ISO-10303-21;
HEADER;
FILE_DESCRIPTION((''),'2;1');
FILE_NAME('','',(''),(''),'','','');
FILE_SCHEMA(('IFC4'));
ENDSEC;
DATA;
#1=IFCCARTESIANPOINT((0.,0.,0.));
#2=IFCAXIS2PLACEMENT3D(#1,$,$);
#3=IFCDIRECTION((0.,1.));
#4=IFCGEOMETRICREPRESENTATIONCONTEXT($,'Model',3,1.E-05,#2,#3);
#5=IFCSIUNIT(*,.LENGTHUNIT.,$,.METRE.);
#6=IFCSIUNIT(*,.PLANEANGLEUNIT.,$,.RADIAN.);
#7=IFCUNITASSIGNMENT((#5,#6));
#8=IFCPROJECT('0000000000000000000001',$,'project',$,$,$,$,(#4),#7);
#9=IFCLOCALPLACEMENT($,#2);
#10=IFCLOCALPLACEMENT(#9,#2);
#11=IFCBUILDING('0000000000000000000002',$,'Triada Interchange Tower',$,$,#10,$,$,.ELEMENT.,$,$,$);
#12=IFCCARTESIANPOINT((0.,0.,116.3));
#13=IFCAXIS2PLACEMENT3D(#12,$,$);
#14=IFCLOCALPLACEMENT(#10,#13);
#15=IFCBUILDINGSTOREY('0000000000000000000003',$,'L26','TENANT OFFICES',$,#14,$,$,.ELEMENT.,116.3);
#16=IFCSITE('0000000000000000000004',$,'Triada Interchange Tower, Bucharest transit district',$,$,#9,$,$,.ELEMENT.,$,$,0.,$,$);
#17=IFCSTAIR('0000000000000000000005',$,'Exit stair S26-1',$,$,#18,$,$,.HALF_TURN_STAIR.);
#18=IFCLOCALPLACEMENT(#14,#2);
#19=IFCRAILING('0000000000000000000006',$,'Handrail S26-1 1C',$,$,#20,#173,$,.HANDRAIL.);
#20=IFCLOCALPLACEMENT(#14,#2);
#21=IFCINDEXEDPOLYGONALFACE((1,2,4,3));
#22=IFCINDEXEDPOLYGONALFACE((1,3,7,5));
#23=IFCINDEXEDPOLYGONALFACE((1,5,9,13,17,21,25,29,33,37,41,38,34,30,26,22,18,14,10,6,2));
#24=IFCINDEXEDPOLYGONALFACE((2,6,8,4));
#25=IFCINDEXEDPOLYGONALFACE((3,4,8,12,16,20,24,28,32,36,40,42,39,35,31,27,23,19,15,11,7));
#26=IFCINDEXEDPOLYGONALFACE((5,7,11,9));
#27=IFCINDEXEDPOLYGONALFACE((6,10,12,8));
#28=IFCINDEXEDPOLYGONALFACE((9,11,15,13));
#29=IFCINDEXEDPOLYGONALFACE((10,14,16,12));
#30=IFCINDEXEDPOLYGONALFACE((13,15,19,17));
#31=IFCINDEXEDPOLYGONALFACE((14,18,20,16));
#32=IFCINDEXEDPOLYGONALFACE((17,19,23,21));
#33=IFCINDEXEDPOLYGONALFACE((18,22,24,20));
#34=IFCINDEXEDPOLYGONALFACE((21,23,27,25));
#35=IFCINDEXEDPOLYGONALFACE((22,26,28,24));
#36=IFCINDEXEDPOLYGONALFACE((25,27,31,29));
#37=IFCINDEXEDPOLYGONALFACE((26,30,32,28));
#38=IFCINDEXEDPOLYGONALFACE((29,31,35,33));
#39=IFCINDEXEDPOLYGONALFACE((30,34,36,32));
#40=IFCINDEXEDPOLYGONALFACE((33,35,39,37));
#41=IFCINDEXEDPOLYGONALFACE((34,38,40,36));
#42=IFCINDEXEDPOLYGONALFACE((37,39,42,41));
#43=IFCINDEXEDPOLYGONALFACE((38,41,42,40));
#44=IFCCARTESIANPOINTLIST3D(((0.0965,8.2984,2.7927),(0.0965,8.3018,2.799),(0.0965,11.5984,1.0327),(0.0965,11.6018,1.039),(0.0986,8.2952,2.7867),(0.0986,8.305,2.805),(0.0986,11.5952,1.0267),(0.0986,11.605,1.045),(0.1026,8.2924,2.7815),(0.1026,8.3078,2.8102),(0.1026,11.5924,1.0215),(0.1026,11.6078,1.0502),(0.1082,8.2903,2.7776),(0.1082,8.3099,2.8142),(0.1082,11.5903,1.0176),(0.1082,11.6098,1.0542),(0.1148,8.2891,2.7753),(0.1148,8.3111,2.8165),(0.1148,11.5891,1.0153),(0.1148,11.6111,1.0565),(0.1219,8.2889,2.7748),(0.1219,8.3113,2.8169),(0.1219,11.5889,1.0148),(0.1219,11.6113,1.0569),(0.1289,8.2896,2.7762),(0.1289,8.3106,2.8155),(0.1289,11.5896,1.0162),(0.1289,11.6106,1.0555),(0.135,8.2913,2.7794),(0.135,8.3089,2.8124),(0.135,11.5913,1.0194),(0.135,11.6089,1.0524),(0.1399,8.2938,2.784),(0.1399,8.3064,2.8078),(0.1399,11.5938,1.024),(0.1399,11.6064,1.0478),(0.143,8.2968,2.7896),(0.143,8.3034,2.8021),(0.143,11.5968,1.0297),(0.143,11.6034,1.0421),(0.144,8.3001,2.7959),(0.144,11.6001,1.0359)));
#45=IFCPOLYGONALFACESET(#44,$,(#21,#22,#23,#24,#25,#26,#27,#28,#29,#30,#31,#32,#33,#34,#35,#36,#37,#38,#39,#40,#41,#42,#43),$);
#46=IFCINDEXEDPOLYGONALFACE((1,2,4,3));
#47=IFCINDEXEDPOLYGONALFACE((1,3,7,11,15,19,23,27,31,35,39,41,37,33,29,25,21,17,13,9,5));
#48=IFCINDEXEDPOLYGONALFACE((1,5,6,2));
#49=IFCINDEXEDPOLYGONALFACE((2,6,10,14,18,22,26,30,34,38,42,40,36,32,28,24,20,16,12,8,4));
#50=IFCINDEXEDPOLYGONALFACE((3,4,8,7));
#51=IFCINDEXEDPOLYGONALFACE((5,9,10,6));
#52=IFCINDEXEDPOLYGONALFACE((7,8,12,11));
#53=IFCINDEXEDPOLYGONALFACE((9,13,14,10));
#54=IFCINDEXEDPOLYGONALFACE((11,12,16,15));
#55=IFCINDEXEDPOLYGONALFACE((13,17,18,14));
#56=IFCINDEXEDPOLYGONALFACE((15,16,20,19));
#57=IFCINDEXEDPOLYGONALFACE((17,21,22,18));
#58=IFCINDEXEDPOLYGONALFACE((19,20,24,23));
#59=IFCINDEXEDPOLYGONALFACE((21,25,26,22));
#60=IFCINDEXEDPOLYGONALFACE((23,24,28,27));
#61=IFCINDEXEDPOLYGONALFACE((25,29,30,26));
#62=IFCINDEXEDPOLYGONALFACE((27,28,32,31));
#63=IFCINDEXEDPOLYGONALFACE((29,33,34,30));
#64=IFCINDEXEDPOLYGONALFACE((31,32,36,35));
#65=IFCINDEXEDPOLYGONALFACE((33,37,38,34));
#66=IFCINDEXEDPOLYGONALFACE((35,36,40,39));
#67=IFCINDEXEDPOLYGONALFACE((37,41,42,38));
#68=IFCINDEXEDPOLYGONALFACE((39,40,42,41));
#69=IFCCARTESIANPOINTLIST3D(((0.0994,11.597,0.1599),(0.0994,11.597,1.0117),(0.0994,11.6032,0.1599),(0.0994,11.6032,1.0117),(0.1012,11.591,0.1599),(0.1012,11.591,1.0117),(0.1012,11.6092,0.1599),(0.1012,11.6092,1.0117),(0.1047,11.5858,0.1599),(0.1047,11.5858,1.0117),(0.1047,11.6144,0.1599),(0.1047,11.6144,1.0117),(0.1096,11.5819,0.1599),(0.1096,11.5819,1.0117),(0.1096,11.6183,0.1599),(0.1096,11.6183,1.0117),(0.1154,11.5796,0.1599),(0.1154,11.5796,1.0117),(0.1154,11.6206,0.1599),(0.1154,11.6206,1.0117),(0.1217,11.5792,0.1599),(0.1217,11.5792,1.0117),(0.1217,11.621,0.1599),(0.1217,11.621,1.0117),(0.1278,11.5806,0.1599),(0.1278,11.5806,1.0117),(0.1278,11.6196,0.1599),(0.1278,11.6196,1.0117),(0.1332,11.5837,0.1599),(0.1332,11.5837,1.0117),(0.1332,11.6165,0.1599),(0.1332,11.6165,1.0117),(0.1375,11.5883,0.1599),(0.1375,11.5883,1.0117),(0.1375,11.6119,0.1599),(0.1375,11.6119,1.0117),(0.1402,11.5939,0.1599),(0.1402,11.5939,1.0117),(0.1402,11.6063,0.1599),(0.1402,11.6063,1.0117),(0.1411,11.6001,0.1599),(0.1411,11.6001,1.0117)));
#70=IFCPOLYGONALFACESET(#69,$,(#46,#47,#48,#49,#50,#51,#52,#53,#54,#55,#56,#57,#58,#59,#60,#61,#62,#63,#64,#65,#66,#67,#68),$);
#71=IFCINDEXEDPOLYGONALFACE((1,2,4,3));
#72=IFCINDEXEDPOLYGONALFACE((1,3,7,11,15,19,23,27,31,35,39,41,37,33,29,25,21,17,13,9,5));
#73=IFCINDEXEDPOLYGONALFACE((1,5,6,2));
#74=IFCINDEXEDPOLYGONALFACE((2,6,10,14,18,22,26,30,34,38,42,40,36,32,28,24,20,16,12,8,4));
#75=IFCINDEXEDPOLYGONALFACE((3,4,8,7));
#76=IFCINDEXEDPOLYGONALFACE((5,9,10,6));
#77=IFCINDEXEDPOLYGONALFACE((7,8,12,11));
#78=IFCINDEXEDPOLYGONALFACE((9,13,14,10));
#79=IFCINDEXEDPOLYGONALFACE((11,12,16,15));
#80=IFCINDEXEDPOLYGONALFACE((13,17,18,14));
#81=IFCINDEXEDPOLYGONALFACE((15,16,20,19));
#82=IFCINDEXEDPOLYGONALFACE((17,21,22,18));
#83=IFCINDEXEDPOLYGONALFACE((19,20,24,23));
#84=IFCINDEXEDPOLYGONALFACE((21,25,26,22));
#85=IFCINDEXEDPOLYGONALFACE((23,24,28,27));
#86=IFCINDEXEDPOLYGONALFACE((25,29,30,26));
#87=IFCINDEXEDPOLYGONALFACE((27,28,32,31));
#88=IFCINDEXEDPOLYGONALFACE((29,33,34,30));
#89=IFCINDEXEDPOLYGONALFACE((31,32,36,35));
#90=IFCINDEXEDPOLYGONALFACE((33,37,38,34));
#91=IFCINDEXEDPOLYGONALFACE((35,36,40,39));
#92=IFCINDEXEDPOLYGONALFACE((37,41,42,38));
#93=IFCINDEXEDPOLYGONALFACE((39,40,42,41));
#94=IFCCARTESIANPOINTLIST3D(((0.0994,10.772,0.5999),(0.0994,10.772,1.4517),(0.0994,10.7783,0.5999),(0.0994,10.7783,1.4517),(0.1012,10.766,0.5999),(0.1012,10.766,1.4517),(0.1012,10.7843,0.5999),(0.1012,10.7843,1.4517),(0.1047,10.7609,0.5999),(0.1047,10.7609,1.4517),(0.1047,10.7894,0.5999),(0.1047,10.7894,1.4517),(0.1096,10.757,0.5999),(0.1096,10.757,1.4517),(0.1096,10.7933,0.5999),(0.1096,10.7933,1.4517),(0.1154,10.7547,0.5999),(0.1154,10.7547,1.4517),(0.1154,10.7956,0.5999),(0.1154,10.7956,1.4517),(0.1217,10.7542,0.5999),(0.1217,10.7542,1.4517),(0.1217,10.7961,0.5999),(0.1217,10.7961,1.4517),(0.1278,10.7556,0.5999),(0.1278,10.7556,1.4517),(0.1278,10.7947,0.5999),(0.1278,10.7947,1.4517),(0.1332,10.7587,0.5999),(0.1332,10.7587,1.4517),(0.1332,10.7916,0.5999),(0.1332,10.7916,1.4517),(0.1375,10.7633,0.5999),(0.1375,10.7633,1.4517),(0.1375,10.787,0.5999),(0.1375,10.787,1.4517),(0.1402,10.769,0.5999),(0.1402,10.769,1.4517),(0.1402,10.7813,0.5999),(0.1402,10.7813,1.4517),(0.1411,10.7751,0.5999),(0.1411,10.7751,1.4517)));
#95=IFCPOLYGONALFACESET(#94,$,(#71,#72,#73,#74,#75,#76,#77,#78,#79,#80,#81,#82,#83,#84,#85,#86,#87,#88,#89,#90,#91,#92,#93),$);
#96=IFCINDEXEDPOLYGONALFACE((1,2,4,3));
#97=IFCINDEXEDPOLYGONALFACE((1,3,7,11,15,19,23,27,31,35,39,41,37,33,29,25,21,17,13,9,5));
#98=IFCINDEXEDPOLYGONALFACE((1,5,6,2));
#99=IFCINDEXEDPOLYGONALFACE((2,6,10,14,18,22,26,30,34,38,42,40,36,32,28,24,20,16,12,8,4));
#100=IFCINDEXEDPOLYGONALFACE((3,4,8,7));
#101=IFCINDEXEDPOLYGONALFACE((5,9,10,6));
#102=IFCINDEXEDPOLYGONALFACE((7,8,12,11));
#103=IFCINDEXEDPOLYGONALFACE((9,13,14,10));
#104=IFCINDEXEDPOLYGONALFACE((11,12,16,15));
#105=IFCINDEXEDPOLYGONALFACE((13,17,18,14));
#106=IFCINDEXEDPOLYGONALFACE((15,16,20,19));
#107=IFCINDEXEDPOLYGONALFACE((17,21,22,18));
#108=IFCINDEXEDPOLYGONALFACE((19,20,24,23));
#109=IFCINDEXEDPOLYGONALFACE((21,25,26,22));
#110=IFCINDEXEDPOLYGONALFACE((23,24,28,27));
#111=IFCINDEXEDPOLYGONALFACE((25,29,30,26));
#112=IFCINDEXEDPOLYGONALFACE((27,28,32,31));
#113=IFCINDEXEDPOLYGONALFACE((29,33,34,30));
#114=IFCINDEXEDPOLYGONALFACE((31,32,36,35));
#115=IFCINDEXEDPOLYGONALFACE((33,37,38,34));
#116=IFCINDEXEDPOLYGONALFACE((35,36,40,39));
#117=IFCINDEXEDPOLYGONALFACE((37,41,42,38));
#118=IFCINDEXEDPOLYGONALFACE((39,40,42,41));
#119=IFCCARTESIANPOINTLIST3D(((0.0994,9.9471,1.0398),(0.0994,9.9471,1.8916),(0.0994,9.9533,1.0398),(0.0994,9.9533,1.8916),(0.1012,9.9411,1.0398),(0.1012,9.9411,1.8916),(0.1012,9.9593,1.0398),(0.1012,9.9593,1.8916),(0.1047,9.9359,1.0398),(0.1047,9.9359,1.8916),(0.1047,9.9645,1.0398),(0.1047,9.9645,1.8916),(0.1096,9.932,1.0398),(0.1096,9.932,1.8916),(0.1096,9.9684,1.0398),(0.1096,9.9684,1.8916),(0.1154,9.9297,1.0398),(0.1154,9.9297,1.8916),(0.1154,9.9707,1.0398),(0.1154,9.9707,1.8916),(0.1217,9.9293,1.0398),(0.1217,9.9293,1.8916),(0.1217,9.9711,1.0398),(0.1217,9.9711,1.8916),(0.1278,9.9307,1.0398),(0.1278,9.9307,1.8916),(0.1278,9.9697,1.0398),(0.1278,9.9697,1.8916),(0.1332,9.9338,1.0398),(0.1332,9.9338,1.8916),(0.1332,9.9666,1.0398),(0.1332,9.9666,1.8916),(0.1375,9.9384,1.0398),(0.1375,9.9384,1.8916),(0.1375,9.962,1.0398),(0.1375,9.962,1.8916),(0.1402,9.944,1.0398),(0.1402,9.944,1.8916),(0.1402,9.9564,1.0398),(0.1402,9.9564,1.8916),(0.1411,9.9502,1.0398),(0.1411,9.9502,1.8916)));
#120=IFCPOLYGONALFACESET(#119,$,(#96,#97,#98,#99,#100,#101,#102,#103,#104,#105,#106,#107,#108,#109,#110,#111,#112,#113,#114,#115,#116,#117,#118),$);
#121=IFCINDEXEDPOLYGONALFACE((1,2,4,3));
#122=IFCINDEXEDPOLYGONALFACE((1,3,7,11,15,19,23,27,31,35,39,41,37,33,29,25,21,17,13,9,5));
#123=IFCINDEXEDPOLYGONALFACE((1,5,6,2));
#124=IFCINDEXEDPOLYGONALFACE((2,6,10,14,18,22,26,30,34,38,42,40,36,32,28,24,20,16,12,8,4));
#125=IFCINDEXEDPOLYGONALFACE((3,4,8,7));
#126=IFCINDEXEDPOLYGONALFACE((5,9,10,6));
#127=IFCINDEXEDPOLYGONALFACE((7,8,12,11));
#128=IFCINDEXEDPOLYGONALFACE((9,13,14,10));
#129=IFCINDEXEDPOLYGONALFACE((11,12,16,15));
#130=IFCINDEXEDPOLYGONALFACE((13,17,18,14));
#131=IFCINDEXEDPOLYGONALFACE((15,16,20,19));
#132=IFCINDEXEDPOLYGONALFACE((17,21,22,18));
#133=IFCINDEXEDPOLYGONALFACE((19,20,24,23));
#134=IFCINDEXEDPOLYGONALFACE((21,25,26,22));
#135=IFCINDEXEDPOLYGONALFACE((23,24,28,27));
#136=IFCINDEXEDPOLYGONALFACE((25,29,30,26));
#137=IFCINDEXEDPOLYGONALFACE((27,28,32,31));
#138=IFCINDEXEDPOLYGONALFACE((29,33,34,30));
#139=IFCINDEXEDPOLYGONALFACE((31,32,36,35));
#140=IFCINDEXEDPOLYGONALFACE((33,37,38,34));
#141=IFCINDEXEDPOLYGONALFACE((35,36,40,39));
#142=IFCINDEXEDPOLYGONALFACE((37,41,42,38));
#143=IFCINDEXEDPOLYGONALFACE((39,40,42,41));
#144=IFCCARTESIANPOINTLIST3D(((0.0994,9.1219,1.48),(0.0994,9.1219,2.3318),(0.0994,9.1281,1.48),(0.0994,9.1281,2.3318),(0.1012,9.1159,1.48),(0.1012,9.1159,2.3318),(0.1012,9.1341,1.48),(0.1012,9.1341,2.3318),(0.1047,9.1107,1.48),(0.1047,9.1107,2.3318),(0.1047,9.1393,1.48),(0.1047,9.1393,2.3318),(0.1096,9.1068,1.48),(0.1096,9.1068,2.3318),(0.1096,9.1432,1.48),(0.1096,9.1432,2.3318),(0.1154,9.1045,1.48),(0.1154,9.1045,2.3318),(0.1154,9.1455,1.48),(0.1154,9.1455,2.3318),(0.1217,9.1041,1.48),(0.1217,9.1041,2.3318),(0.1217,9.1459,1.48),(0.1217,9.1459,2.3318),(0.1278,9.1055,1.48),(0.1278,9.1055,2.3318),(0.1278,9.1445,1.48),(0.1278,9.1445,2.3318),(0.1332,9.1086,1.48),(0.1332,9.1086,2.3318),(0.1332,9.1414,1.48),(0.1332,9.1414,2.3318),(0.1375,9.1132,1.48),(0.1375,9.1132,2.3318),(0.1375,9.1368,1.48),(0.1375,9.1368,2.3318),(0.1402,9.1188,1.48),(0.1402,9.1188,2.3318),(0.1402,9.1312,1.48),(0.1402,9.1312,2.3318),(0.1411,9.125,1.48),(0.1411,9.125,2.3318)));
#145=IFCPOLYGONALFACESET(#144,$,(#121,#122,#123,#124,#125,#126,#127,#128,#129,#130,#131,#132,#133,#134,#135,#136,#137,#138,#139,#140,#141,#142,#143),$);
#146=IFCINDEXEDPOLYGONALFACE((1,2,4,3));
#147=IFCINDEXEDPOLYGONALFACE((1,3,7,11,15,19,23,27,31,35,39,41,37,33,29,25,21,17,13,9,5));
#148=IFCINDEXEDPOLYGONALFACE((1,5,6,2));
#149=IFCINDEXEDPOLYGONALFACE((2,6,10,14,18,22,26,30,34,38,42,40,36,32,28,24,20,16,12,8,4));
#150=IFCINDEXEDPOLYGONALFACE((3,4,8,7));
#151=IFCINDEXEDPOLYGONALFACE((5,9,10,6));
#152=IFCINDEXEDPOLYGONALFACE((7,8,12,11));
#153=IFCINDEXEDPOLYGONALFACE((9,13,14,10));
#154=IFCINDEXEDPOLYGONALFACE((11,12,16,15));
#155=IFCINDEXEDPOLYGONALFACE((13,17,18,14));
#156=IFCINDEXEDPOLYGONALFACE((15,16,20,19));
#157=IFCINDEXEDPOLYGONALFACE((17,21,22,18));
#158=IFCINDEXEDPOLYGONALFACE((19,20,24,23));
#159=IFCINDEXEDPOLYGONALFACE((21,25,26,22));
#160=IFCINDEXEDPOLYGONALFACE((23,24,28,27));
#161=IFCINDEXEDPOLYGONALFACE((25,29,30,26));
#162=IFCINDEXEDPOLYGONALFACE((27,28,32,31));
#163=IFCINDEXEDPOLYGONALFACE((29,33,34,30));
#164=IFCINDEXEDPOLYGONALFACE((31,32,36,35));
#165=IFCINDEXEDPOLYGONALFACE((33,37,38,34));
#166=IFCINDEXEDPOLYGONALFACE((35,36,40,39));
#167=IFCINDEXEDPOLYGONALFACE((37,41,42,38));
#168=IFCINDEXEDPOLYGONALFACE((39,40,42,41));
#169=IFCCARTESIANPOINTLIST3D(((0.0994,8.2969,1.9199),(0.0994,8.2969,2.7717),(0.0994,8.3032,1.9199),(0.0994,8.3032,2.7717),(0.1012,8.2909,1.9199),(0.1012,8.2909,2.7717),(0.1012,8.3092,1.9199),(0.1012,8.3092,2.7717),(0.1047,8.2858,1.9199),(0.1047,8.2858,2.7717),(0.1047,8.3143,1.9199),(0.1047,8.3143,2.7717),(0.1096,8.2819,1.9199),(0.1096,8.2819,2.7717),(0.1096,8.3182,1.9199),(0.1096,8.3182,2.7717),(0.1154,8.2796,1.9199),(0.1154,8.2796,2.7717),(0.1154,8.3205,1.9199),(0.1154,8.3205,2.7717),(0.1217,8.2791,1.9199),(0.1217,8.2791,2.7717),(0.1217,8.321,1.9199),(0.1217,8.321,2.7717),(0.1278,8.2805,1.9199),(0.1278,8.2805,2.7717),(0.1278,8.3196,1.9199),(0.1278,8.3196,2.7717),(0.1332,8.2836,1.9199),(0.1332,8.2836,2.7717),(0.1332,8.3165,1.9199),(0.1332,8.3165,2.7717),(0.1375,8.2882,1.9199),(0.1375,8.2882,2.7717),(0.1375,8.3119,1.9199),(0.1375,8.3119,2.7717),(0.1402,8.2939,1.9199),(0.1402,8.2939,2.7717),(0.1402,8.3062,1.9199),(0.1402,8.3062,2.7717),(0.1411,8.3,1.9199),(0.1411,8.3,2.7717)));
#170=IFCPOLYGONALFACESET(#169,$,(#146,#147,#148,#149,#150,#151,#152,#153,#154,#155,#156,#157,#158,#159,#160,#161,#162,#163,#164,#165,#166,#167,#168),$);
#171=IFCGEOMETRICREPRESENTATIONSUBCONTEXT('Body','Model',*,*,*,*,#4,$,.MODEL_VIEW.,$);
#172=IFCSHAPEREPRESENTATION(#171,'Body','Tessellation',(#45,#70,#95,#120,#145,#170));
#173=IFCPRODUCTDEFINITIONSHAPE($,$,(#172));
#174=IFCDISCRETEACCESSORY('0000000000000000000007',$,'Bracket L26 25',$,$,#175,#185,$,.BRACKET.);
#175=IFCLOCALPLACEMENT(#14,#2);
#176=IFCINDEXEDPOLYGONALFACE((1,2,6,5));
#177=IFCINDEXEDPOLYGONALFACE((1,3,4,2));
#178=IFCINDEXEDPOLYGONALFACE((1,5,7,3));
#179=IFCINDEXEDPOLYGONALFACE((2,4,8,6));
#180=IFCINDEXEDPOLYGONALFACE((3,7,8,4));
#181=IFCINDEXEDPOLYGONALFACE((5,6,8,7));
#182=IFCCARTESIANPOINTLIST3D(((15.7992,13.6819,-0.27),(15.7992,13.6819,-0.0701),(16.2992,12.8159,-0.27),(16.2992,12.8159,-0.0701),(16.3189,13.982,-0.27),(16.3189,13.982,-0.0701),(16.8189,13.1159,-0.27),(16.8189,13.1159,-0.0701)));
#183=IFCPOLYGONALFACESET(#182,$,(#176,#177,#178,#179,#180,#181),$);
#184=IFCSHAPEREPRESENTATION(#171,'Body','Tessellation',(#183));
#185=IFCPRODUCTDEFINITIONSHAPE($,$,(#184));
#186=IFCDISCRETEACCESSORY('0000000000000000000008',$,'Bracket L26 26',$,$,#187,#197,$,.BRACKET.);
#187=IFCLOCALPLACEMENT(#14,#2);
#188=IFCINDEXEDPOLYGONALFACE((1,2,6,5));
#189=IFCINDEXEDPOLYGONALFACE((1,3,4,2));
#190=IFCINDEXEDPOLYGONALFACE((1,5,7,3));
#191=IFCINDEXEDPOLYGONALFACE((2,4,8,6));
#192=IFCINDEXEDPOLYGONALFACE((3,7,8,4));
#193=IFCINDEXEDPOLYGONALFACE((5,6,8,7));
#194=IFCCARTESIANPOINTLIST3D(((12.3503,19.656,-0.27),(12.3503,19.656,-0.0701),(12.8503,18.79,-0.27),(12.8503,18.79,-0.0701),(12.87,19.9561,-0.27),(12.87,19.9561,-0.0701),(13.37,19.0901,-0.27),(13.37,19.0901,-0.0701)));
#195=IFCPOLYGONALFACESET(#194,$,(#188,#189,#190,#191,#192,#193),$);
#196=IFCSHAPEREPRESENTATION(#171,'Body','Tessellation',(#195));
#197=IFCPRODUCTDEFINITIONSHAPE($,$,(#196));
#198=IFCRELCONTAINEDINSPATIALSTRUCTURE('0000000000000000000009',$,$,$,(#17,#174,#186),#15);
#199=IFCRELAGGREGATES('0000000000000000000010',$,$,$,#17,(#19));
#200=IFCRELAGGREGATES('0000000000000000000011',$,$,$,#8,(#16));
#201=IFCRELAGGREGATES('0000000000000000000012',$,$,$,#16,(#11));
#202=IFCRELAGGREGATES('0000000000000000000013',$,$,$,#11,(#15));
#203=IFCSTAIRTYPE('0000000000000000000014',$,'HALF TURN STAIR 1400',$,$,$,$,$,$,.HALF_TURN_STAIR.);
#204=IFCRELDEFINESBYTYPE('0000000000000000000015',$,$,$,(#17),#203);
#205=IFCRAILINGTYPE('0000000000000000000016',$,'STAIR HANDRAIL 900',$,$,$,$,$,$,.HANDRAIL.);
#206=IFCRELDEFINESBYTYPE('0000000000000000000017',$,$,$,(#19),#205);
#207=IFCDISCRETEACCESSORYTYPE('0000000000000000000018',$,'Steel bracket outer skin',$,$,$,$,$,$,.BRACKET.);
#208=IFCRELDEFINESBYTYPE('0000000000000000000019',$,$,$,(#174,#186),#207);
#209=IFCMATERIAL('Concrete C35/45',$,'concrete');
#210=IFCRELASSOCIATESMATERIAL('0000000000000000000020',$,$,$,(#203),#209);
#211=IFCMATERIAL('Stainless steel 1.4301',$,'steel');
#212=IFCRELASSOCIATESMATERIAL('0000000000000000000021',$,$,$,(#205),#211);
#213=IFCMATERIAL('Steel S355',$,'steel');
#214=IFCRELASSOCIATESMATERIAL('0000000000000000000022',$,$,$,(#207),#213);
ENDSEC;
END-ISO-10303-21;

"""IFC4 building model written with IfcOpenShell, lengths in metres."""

from ifc_helpers import new_model, si_unit, direction, frame, origin, origin_2d, place, context, subcontext, project, spatial, rectangle, circle, extrude, material, type_object, element, aggregate, save


model = new_model("IFC4")

# Units and contexts
model_context = context("Model", 3, precision=1e-05, world=origin(), true_north=direction((0.0, 1.0)))
body_context = subcontext(model_context, "Body", "Model", "MODEL_VIEW")
ifc_project = project(units=[si_unit("LENGTHUNIT", "METRE"), si_unit("PLANEANGLEUNIT", "RADIAN")], contexts=[model_context])

# Site, building, storey
site_placement = place(None, origin())
site = spatial("IfcSite", under=ifc_project, at=site_placement, Name="Triada Interchange Tower, Bucharest transit district", CompositionType="ELEMENT", RefElevation=0.0)
building_placement = place(site_placement, origin())
building = spatial("IfcBuilding", under=site, at=building_placement, Name="Triada Interchange Tower", CompositionType="ELEMENT")
storey_placement = place(building_placement, frame((0.0, 0.0, 116.3)))
storey = spatial("IfcBuildingStorey", under=building, at=storey_placement, Name="L26", Description="TENANT OFFICES", CompositionType="ELEMENT", Elevation=116.3)

# Stair
ifc_material_1 = material(Name="Concrete C35/45", Category="concrete")
stair_type = type_object("IfcStairType", Name="HALF TURN STAIR 1400", PredefinedType="HALF_TURN_STAIR", material=ifc_material_1)
stair_placement = place(storey_placement, origin())
stair = element("IfcStair", 1, at=stair_placement, inside=storey, type_object=stair_type, Name="Exit stair S26-1", PredefinedType="HALF_TURN_STAIR")

# Railing
ifc_material_2 = material(Name="Stainless steel 1.4301", Category="steel")
railing_type = type_object("IfcRailingType", Name="STAIR HANDRAIL 900", PredefinedType="HANDRAIL", material=ifc_material_2)
railing_1_placement = place(storey_placement, frame((0.1201, 11.6001, 0.1599)))
railing_1 = element("IfcRailing", 2, at=railing_1_placement, type_object=railing_type, Name="Handrail S26-1 1C", PredefinedType="HANDRAIL", context=body_context, shape_type="SweptSolid", body=[
    extrude(circle(Radius=0.0239, at=origin_2d()), frame((0.0, 0.0, 0.876), z_axis=(0.0, -0.882355, 0.470585), x_axis=(1.0, 0.0, 0.0)), (0.0, 0.0, 1.0), 3.74),
    extrude(circle(Radius=0.021, at=origin_2d()), origin(), (0.0, 0.0, 1.0), 0.8518),
    extrude(circle(Radius=0.021, at=origin_2d()), frame((0.0, -0.825, 0.4399)), (0.0, 0.0, 1.0), 0.8518),
    extrude(circle(Radius=0.021, at=origin_2d()), frame((0.0, -1.6499, 0.8799)), (0.0, 0.0, 1.0), 0.8518),
    extrude(circle(Radius=0.021, at=origin_2d()), frame((0.0, -2.4751, 1.3201)), (0.0, 0.0, 1.0), 0.8518),
    extrude(circle(Radius=0.021, at=origin_2d()), frame((0.0, -3.3, 1.76)), (0.0, 0.0, 1.0), 0.8518),
])
aggregate(stair, [railing_1])

# Discrete accessories
ifc_material_3 = material(Name="Steel S355", Category="steel")
discrete_accessory_type = type_object("IfcDiscreteAccessoryType", Name="Steel bracket outer skin", PredefinedType="BRACKET", material=ifc_material_3)
for number, where, z_axis, x_axis, name in (
    (3, (16.3091, 13.3989, -0.27), (0.0, 0.0, 1.0), (0.866028, 0.499995, 0.0), "Bracket L26 25"),
    (4, (12.8601, 19.373, -0.27), (0.0, 0.0, 1.0), (0.866028, 0.499995, 0.0), "Bracket L26 26"),
):
    element("IfcDiscreteAccessory", number, at=place(storey_placement, frame(where, z_axis=z_axis, x_axis=x_axis)), inside=storey, type_object=discrete_accessory_type, Name=name, PredefinedType="BRACKET", context=body_context, shape_type="SweptSolid", body=[
        extrude(rectangle(XDim=0.6001, YDim=1.0, at=origin_2d()), origin(), (0.0, 0.0, 1.0), 0.2),
    ])

save(model, "model.ifc")
